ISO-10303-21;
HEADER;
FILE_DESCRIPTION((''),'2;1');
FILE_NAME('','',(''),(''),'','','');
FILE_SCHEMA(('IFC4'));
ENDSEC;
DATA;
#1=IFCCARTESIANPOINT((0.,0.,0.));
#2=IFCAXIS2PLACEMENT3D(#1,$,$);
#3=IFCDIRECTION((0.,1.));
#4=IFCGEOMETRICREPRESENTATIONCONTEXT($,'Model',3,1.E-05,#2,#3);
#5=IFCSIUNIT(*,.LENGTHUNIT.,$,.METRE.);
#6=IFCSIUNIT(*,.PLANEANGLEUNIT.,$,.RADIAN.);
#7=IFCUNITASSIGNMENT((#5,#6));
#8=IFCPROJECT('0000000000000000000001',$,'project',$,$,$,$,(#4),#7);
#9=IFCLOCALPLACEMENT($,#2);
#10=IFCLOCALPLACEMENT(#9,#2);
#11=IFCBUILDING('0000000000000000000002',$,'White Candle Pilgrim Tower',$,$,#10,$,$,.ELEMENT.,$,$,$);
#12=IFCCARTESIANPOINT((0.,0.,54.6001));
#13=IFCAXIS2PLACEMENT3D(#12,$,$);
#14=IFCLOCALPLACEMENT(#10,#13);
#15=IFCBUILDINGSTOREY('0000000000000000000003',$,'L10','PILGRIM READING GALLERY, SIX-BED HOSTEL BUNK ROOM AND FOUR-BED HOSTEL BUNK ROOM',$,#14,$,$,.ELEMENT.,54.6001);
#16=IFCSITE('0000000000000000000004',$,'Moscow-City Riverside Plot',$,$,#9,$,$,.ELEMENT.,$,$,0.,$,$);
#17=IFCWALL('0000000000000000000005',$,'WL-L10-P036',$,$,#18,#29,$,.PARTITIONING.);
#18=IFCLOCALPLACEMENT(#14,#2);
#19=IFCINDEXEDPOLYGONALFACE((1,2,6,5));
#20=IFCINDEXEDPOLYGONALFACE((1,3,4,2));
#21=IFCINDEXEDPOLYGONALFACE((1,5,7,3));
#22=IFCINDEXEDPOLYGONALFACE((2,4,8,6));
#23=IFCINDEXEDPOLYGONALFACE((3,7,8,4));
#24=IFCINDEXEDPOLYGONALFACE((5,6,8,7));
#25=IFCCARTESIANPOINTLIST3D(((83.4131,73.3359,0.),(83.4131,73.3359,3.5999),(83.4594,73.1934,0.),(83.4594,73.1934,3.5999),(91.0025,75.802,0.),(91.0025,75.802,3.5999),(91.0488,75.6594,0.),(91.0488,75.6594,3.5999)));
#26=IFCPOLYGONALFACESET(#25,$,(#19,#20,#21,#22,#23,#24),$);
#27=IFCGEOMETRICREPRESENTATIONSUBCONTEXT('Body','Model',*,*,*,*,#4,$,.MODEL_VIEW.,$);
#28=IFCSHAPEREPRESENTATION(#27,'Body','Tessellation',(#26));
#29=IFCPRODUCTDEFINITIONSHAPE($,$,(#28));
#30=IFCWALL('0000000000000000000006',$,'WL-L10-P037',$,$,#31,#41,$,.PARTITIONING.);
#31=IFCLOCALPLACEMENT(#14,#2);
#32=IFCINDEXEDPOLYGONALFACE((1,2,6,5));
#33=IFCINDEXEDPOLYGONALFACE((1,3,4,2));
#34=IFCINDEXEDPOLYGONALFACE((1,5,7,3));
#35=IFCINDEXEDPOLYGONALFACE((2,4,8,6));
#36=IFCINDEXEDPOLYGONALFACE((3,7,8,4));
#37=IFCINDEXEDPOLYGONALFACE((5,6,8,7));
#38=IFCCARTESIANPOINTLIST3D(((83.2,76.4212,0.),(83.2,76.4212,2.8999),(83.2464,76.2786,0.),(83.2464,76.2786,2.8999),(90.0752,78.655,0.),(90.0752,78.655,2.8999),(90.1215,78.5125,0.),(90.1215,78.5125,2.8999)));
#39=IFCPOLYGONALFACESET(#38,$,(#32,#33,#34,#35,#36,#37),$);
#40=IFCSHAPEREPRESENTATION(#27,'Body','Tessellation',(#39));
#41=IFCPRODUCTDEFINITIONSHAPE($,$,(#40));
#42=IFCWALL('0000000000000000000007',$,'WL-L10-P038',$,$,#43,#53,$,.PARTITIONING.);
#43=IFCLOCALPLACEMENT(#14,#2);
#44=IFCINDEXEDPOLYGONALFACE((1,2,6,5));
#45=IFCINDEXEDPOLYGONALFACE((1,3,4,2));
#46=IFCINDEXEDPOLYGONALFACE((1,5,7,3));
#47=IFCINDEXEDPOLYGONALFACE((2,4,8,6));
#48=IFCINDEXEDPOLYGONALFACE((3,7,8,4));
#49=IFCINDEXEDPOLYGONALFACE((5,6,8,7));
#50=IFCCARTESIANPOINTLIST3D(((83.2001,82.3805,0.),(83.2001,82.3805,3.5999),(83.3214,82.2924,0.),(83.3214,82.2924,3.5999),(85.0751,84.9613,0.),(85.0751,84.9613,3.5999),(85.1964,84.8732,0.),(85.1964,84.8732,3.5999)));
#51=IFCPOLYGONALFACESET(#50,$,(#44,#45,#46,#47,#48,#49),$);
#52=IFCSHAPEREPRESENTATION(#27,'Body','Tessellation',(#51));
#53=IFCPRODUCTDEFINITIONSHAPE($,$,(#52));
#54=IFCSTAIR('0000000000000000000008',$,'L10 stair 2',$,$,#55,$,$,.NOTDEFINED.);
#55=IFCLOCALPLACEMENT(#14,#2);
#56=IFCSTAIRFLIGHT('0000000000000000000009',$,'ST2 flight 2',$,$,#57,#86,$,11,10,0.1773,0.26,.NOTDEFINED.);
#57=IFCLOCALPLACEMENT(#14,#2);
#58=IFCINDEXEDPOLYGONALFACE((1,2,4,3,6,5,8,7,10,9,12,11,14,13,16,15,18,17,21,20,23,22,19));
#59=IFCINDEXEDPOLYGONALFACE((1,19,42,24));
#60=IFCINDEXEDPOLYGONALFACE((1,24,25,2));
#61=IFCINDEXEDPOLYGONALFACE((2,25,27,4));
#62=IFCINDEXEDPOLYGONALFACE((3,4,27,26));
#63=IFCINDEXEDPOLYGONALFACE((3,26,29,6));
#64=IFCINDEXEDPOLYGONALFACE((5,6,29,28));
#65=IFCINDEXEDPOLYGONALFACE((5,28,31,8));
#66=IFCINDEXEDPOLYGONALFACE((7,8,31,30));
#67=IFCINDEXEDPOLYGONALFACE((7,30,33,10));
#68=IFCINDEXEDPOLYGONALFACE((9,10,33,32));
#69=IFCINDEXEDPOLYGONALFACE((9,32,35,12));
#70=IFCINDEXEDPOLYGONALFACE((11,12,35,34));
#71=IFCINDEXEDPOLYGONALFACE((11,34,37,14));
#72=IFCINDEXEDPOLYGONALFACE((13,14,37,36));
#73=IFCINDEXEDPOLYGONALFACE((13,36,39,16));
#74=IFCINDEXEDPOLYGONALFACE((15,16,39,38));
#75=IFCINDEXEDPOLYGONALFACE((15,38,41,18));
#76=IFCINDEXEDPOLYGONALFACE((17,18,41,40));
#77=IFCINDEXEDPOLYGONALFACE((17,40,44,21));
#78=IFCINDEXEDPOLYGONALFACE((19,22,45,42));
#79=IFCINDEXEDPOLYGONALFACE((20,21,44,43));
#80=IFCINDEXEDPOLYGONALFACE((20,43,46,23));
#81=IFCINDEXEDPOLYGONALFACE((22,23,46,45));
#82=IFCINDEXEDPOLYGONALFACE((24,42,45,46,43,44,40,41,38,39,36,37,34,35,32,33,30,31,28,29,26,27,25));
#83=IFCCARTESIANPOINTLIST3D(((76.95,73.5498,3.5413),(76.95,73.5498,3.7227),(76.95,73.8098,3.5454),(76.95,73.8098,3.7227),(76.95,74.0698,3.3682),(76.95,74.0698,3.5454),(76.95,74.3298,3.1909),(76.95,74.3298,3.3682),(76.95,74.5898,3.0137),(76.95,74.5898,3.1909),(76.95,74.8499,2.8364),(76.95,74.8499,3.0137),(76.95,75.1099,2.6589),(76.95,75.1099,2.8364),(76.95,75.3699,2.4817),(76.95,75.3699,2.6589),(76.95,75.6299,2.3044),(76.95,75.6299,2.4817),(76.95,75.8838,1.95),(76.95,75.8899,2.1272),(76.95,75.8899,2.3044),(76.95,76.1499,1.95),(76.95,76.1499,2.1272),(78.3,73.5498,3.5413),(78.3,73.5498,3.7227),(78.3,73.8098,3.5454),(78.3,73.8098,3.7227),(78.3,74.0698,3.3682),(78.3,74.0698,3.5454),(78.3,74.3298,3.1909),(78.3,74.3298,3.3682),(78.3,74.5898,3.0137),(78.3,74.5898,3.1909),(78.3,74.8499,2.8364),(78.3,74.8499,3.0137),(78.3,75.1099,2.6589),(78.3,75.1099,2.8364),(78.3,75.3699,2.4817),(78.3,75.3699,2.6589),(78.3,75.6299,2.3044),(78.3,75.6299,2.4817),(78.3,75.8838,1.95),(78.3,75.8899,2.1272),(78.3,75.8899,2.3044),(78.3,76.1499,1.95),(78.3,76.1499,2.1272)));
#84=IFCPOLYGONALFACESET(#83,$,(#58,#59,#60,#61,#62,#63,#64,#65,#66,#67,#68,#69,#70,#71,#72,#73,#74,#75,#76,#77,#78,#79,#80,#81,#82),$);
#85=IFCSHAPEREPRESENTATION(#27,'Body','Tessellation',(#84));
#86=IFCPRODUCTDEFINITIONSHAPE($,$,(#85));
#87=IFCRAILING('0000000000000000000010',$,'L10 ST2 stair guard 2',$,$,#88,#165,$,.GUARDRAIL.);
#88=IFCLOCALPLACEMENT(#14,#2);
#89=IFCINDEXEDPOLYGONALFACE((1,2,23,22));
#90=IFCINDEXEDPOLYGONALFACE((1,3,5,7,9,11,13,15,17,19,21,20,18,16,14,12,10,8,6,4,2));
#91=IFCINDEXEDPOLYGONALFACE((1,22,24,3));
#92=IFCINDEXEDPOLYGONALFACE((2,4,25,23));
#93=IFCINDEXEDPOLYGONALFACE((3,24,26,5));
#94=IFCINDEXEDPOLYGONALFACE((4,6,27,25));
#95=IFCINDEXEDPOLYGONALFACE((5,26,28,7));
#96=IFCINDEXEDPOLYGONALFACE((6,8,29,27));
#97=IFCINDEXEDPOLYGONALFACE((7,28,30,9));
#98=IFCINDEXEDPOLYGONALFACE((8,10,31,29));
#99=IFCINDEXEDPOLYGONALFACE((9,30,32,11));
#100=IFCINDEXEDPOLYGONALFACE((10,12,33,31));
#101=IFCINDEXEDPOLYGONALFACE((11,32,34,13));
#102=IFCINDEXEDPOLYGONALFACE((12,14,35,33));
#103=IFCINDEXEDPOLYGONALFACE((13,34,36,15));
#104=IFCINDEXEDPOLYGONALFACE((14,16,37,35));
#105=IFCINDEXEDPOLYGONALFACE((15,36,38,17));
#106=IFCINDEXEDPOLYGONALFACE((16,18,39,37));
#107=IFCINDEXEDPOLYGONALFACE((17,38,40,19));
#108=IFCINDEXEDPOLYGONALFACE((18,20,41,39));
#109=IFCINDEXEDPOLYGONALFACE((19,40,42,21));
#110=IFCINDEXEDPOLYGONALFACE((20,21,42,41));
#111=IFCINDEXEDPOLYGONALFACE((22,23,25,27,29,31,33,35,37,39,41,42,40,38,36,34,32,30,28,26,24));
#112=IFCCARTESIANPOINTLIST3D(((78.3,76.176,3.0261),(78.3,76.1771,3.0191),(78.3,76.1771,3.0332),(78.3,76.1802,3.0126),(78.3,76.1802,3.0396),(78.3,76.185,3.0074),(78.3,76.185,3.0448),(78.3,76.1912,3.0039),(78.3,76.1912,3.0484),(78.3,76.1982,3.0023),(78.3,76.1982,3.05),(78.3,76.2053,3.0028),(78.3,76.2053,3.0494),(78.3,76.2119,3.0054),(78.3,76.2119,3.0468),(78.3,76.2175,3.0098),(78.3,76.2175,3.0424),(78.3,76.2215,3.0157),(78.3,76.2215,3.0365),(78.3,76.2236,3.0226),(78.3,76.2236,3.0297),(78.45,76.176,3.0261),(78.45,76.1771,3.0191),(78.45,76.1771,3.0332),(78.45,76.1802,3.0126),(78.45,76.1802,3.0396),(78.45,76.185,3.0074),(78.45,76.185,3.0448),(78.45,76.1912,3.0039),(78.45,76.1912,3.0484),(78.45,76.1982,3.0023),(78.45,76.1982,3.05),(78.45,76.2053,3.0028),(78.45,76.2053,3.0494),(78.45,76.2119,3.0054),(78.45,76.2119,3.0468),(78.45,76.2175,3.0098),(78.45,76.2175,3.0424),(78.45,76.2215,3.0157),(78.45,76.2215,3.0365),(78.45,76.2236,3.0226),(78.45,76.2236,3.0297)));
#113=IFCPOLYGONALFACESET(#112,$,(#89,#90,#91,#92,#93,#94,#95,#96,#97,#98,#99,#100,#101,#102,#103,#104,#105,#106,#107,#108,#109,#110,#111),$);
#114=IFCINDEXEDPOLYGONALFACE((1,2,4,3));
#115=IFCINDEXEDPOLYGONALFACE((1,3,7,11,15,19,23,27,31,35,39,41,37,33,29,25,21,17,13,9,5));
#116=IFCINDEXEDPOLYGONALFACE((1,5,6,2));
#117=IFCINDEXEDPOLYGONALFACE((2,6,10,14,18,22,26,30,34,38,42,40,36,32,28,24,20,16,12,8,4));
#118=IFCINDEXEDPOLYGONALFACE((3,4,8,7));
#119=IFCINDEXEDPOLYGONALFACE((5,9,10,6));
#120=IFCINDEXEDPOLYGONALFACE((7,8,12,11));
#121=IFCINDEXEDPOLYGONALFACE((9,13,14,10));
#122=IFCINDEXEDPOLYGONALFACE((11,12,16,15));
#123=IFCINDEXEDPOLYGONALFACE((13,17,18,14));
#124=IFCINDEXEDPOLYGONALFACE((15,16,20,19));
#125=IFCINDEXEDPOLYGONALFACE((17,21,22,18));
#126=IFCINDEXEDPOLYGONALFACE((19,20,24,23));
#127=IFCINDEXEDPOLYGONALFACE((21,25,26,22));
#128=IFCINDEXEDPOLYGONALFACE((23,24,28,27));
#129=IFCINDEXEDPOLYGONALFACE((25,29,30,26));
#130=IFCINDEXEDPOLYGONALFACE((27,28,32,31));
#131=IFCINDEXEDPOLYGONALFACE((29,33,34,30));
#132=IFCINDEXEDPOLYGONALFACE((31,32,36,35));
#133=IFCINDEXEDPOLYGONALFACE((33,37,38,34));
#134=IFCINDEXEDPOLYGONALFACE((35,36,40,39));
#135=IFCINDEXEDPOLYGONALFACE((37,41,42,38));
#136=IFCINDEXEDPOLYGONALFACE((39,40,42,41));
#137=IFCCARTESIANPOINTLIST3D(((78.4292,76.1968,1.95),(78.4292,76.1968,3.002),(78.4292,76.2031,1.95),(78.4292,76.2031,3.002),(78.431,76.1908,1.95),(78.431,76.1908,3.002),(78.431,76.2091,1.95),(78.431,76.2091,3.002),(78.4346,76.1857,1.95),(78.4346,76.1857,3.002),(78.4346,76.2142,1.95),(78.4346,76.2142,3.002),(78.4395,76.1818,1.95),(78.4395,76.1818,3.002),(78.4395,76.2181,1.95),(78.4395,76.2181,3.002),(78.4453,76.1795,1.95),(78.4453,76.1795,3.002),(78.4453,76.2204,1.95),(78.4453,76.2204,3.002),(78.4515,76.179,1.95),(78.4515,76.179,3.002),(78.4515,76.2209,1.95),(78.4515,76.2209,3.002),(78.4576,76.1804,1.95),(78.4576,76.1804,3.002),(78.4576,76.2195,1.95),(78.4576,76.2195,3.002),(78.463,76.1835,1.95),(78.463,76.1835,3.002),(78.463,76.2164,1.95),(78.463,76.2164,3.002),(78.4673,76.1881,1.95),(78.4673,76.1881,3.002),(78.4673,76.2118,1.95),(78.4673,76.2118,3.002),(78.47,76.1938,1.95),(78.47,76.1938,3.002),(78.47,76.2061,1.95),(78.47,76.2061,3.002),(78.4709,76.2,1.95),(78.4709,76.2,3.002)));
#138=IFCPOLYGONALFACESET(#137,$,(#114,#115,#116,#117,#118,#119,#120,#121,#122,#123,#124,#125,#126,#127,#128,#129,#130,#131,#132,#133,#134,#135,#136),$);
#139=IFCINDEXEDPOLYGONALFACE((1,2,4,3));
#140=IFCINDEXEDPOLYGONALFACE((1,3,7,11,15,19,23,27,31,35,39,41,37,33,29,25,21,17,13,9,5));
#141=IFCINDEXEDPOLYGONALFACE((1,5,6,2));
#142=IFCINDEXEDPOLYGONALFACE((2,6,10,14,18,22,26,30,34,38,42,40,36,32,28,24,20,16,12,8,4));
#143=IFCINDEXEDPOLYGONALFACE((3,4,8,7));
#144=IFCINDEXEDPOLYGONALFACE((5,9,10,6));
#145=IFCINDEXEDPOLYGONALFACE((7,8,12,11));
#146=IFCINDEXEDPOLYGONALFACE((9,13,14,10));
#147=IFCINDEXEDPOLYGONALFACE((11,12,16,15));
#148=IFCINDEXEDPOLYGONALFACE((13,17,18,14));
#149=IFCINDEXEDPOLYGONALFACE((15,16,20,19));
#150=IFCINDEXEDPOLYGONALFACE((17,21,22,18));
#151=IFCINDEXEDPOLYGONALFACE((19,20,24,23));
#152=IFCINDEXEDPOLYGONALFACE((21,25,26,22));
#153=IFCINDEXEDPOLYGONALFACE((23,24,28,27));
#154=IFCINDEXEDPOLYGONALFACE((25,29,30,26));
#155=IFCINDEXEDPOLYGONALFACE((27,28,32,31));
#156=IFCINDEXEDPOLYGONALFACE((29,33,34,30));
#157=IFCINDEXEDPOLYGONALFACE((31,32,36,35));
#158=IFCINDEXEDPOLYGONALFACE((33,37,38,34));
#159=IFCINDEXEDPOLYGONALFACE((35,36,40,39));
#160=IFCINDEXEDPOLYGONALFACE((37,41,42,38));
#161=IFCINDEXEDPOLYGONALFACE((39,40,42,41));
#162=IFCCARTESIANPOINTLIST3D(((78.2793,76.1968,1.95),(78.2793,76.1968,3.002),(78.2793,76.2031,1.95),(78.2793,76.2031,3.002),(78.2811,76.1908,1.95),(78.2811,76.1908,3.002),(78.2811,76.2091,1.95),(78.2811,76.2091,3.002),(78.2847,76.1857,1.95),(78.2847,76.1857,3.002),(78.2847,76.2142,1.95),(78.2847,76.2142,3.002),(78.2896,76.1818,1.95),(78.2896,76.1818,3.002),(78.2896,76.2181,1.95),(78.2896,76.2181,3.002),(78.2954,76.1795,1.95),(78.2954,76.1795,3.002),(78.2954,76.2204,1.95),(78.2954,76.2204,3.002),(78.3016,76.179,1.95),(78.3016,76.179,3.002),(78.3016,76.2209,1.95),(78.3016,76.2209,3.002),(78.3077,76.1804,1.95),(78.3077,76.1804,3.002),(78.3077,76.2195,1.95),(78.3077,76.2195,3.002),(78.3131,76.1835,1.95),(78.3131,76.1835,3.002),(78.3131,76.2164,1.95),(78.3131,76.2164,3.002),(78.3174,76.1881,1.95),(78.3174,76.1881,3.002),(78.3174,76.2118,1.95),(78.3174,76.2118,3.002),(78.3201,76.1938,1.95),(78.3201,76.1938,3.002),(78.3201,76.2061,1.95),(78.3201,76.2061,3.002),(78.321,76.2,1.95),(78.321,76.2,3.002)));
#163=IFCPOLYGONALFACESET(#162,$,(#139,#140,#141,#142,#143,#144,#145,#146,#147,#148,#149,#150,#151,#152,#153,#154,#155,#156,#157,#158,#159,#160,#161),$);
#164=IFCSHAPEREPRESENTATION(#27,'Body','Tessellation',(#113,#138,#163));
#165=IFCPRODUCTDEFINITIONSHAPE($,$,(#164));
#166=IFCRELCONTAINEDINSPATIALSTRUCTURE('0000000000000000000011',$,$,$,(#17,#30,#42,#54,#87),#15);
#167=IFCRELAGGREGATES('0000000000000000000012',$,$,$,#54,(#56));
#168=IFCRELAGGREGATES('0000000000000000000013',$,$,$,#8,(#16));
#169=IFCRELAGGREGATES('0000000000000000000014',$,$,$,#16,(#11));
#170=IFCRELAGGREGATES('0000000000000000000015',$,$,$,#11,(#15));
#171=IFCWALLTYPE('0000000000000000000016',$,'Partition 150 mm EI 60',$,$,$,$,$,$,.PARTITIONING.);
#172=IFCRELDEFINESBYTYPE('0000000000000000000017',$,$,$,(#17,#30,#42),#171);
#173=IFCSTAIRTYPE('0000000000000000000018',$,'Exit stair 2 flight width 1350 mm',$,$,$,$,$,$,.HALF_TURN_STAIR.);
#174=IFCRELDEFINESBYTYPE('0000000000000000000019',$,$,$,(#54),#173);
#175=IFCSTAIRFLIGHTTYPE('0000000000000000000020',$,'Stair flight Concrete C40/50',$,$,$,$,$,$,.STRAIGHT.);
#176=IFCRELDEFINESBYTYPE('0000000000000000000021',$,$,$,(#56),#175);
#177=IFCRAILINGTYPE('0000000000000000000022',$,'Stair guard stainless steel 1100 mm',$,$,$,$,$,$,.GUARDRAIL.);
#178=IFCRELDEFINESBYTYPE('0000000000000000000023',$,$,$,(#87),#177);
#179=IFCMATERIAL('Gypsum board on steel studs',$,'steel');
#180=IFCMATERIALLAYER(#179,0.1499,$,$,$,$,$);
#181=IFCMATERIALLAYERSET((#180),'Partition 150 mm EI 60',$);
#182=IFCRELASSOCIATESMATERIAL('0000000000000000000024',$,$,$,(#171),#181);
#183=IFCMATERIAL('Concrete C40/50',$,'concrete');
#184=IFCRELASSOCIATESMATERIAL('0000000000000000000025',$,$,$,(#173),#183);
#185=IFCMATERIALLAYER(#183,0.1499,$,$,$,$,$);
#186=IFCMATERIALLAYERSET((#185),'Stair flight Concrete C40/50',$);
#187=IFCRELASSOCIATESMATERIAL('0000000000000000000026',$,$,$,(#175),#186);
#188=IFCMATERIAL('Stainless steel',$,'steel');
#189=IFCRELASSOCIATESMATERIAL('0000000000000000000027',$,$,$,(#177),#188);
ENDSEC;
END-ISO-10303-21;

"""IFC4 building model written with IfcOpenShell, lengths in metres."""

from ifc_helpers import new_model, si_unit, direction, frame, frame_2d, origin, origin_2d, place, context, subcontext, project, spatial, polyline, rectangle, circle, outline, extrude, material, layer, layer_set, type_object, element, aggregate, save


model = new_model("IFC4")

# Units and contexts
model_context = context("Model", 3, precision=1e-05, world=origin(), true_north=direction((0.0, 1.0)))
body_context = subcontext(model_context, "Body", "Model", "MODEL_VIEW")
ifc_project = project(units=[si_unit("LENGTHUNIT", "METRE"), si_unit("PLANEANGLEUNIT", "RADIAN")], contexts=[model_context])

# Site, building, storey
site_placement = place(None, origin())
site = spatial("IfcSite", under=ifc_project, at=site_placement, Name="Moscow-City Riverside Plot", CompositionType="ELEMENT", RefElevation=0.0)
building_placement = place(site_placement, origin())
building = spatial("IfcBuilding", under=site, at=building_placement, Name="White Candle Pilgrim Tower", CompositionType="ELEMENT")
storey_placement = place(building_placement, frame((0.0, 0.0, 54.6001)))
storey = spatial("IfcBuildingStorey", under=building, at=storey_placement, Name="L10", Description="PILGRIM READING GALLERY, SIX-BED HOSTEL BUNK ROOM AND FOUR-BED HOSTEL BUNK ROOM", CompositionType="ELEMENT", Elevation=54.6001)

# Shared definitions
ifc_material_1 = material(Name="Gypsum board on steel studs", Category="steel")

# Walls
ifc_layer_1 = layer(ifc_material_1, 0.1499)
ifc_layer_set_1 = layer_set([ifc_layer_1], Name="Partition 150 mm EI 60")
wall_type_1 = type_object("IfcWallType", Name="Partition 150 mm EI 60", PredefinedType="PARTITIONING", material=ifc_layer_set_1)
wall_1_placement = place(storey_placement, frame((91.0256, 75.7307, 0.0), z_axis=(0.0, 0.0, 1.0), x_axis=(-0.951052, -0.309032, 0.0)))
element("IfcWall", 1, at=wall_1_placement, inside=storey, type_object=wall_type_1, Name="WL-L10-P036", PredefinedType="PARTITIONING", context=body_context, shape_type="SweptSolid", body=[
    extrude(rectangle(XDim=7.98, YDim=0.1499, at=frame_2d((3.99, 0.0))), origin(), (0.0, 0.0, 1.0), 3.5999),
])
wall_2_placement = place(storey_placement, frame((90.0984, 78.5837, 0.0), z_axis=(0.0, 0.0, 1.0), x_axis=(-0.951057, -0.309015, 0.0)))
element("IfcWall", 2, at=wall_2_placement, inside=storey, type_object=wall_type_1, Name="WL-L10-P037", PredefinedType="PARTITIONING", context=body_context, shape_type="SweptSolid", body=[
    extrude(rectangle(XDim=7.229, YDim=0.1499, at=frame_2d((3.6145, 0.0))), origin(), (0.0, 0.0, 1.0), 2.8999),
])
wall_3_placement = place(storey_placement, frame((85.1357, 84.9172, 0.0), z_axis=(0.0, 0.0, 1.0), x_axis=(-0.587771, -0.809027, 0.0)))
element("IfcWall", 3, at=wall_3_placement, inside=storey, type_object=wall_type_1, Name="WL-L10-P038", PredefinedType="PARTITIONING", context=body_context, shape_type="SweptSolid", body=[
    extrude(rectangle(XDim=3.1899, YDim=0.1499, at=frame_2d((1.595, 0.0))), origin(), (0.0, 0.0, 1.0), 3.5999),
])

# Stair, stair flight
ifc_material_2 = material(Name="Concrete C40/50", Category="concrete")
stair_type = type_object("IfcStairType", Name="Exit stair 2 flight width 1350 mm", PredefinedType="HALF_TURN_STAIR", material=ifc_material_2)
stair_placement = place(storey_placement, origin())
stair = element("IfcStair", 4, at=stair_placement, inside=storey, type_object=stair_type, Name="L10 stair 2", PredefinedType="NOTDEFINED")
ifc_layer_2 = layer(ifc_material_2, 0.1499)
ifc_layer_set_2 = layer_set([ifc_layer_2], Name="Stair flight Concrete C40/50")
stair_flight_type = type_object("IfcStairFlightType", Name="Stair flight Concrete C40/50", PredefinedType="STRAIGHT", material=ifc_layer_set_2)
stair_flight_placement = place(storey_placement, frame((77.625, 76.1499, 1.95), z_axis=(0.0, 0.0, 1.0), x_axis=(0.0, -1.0, 0.0)))
stair_flight = element("IfcStairFlight", 5, at=stair_flight_placement, type_object=stair_flight_type, Name="ST2 flight 2", NumberOfRisers=11, NumberOfTreads=10, PredefinedType="NOTDEFINED", RiserHeight=0.1773, TreadLength=0.26, context=body_context, shape_type="SweptSolid", body=[
    extrude(outline(polyline([(0.0, 0.0), (0.0, 0.1772), (0.26, 0.1772), (0.26, 0.3545), (0.52, 0.3545), (0.52, 0.5317), (0.78, 0.5317), (0.78, 0.709), (1.04, 0.709), (1.04, 0.8865), (1.3, 0.8865), (1.3, 1.0637), (1.5601, 1.0637), (1.5601, 1.241), (1.8201, 1.241), (1.8201, 1.4182), (2.0801, 1.4182), (2.0801, 1.5955), (2.3401, 1.5955), (2.3401, 1.7727), (2.6001, 1.7727), (2.6001, 1.95), (2.6001, 1.5913), (0.2661, 0.0), (0.0, 0.0)])), frame((0.0, 0.675, 0.0), z_axis=(0.0, -1.0, 0.0), x_axis=(1.0, 0.0, 0.0)), (0.0, 0.0, 1.0), 1.3501),
])
aggregate(stair, [stair_flight])

# Railing
ifc_material_3 = material(Name="Stainless steel", Category="steel")
railing_type = type_object("IfcRailingType", Name="Stair guard stainless steel 1100 mm", PredefinedType="GUARDRAIL", material=ifc_material_3)
railing_1_placement = place(storey_placement, frame((78.45, 76.2, 1.95)))
element("IfcRailing", 6, at=railing_1_placement, inside=storey, type_object=railing_type, Name="L10 ST2 stair guard 2", PredefinedType="GUARDRAIL", context=body_context, shape_type="SweptSolid", body=[
    extrude(circle(Radius=0.0239, at=origin_2d()), frame((0.0, 0.0, 1.0762), z_axis=(-1.0, 0.0, 0.0), x_axis=(0.0, -1.0, 0.0)), (0.0, 0.0, 1.0), 0.1499),
    extrude(circle(Radius=0.021, at=origin_2d()), origin(), (0.0, 0.0, 1.0), 1.052),
    extrude(circle(Radius=0.021, at=origin_2d()), frame((-0.1499, 0.0, 0.0)), (0.0, 0.0, 1.0), 1.052),
])

save(model, "model.ifc")
